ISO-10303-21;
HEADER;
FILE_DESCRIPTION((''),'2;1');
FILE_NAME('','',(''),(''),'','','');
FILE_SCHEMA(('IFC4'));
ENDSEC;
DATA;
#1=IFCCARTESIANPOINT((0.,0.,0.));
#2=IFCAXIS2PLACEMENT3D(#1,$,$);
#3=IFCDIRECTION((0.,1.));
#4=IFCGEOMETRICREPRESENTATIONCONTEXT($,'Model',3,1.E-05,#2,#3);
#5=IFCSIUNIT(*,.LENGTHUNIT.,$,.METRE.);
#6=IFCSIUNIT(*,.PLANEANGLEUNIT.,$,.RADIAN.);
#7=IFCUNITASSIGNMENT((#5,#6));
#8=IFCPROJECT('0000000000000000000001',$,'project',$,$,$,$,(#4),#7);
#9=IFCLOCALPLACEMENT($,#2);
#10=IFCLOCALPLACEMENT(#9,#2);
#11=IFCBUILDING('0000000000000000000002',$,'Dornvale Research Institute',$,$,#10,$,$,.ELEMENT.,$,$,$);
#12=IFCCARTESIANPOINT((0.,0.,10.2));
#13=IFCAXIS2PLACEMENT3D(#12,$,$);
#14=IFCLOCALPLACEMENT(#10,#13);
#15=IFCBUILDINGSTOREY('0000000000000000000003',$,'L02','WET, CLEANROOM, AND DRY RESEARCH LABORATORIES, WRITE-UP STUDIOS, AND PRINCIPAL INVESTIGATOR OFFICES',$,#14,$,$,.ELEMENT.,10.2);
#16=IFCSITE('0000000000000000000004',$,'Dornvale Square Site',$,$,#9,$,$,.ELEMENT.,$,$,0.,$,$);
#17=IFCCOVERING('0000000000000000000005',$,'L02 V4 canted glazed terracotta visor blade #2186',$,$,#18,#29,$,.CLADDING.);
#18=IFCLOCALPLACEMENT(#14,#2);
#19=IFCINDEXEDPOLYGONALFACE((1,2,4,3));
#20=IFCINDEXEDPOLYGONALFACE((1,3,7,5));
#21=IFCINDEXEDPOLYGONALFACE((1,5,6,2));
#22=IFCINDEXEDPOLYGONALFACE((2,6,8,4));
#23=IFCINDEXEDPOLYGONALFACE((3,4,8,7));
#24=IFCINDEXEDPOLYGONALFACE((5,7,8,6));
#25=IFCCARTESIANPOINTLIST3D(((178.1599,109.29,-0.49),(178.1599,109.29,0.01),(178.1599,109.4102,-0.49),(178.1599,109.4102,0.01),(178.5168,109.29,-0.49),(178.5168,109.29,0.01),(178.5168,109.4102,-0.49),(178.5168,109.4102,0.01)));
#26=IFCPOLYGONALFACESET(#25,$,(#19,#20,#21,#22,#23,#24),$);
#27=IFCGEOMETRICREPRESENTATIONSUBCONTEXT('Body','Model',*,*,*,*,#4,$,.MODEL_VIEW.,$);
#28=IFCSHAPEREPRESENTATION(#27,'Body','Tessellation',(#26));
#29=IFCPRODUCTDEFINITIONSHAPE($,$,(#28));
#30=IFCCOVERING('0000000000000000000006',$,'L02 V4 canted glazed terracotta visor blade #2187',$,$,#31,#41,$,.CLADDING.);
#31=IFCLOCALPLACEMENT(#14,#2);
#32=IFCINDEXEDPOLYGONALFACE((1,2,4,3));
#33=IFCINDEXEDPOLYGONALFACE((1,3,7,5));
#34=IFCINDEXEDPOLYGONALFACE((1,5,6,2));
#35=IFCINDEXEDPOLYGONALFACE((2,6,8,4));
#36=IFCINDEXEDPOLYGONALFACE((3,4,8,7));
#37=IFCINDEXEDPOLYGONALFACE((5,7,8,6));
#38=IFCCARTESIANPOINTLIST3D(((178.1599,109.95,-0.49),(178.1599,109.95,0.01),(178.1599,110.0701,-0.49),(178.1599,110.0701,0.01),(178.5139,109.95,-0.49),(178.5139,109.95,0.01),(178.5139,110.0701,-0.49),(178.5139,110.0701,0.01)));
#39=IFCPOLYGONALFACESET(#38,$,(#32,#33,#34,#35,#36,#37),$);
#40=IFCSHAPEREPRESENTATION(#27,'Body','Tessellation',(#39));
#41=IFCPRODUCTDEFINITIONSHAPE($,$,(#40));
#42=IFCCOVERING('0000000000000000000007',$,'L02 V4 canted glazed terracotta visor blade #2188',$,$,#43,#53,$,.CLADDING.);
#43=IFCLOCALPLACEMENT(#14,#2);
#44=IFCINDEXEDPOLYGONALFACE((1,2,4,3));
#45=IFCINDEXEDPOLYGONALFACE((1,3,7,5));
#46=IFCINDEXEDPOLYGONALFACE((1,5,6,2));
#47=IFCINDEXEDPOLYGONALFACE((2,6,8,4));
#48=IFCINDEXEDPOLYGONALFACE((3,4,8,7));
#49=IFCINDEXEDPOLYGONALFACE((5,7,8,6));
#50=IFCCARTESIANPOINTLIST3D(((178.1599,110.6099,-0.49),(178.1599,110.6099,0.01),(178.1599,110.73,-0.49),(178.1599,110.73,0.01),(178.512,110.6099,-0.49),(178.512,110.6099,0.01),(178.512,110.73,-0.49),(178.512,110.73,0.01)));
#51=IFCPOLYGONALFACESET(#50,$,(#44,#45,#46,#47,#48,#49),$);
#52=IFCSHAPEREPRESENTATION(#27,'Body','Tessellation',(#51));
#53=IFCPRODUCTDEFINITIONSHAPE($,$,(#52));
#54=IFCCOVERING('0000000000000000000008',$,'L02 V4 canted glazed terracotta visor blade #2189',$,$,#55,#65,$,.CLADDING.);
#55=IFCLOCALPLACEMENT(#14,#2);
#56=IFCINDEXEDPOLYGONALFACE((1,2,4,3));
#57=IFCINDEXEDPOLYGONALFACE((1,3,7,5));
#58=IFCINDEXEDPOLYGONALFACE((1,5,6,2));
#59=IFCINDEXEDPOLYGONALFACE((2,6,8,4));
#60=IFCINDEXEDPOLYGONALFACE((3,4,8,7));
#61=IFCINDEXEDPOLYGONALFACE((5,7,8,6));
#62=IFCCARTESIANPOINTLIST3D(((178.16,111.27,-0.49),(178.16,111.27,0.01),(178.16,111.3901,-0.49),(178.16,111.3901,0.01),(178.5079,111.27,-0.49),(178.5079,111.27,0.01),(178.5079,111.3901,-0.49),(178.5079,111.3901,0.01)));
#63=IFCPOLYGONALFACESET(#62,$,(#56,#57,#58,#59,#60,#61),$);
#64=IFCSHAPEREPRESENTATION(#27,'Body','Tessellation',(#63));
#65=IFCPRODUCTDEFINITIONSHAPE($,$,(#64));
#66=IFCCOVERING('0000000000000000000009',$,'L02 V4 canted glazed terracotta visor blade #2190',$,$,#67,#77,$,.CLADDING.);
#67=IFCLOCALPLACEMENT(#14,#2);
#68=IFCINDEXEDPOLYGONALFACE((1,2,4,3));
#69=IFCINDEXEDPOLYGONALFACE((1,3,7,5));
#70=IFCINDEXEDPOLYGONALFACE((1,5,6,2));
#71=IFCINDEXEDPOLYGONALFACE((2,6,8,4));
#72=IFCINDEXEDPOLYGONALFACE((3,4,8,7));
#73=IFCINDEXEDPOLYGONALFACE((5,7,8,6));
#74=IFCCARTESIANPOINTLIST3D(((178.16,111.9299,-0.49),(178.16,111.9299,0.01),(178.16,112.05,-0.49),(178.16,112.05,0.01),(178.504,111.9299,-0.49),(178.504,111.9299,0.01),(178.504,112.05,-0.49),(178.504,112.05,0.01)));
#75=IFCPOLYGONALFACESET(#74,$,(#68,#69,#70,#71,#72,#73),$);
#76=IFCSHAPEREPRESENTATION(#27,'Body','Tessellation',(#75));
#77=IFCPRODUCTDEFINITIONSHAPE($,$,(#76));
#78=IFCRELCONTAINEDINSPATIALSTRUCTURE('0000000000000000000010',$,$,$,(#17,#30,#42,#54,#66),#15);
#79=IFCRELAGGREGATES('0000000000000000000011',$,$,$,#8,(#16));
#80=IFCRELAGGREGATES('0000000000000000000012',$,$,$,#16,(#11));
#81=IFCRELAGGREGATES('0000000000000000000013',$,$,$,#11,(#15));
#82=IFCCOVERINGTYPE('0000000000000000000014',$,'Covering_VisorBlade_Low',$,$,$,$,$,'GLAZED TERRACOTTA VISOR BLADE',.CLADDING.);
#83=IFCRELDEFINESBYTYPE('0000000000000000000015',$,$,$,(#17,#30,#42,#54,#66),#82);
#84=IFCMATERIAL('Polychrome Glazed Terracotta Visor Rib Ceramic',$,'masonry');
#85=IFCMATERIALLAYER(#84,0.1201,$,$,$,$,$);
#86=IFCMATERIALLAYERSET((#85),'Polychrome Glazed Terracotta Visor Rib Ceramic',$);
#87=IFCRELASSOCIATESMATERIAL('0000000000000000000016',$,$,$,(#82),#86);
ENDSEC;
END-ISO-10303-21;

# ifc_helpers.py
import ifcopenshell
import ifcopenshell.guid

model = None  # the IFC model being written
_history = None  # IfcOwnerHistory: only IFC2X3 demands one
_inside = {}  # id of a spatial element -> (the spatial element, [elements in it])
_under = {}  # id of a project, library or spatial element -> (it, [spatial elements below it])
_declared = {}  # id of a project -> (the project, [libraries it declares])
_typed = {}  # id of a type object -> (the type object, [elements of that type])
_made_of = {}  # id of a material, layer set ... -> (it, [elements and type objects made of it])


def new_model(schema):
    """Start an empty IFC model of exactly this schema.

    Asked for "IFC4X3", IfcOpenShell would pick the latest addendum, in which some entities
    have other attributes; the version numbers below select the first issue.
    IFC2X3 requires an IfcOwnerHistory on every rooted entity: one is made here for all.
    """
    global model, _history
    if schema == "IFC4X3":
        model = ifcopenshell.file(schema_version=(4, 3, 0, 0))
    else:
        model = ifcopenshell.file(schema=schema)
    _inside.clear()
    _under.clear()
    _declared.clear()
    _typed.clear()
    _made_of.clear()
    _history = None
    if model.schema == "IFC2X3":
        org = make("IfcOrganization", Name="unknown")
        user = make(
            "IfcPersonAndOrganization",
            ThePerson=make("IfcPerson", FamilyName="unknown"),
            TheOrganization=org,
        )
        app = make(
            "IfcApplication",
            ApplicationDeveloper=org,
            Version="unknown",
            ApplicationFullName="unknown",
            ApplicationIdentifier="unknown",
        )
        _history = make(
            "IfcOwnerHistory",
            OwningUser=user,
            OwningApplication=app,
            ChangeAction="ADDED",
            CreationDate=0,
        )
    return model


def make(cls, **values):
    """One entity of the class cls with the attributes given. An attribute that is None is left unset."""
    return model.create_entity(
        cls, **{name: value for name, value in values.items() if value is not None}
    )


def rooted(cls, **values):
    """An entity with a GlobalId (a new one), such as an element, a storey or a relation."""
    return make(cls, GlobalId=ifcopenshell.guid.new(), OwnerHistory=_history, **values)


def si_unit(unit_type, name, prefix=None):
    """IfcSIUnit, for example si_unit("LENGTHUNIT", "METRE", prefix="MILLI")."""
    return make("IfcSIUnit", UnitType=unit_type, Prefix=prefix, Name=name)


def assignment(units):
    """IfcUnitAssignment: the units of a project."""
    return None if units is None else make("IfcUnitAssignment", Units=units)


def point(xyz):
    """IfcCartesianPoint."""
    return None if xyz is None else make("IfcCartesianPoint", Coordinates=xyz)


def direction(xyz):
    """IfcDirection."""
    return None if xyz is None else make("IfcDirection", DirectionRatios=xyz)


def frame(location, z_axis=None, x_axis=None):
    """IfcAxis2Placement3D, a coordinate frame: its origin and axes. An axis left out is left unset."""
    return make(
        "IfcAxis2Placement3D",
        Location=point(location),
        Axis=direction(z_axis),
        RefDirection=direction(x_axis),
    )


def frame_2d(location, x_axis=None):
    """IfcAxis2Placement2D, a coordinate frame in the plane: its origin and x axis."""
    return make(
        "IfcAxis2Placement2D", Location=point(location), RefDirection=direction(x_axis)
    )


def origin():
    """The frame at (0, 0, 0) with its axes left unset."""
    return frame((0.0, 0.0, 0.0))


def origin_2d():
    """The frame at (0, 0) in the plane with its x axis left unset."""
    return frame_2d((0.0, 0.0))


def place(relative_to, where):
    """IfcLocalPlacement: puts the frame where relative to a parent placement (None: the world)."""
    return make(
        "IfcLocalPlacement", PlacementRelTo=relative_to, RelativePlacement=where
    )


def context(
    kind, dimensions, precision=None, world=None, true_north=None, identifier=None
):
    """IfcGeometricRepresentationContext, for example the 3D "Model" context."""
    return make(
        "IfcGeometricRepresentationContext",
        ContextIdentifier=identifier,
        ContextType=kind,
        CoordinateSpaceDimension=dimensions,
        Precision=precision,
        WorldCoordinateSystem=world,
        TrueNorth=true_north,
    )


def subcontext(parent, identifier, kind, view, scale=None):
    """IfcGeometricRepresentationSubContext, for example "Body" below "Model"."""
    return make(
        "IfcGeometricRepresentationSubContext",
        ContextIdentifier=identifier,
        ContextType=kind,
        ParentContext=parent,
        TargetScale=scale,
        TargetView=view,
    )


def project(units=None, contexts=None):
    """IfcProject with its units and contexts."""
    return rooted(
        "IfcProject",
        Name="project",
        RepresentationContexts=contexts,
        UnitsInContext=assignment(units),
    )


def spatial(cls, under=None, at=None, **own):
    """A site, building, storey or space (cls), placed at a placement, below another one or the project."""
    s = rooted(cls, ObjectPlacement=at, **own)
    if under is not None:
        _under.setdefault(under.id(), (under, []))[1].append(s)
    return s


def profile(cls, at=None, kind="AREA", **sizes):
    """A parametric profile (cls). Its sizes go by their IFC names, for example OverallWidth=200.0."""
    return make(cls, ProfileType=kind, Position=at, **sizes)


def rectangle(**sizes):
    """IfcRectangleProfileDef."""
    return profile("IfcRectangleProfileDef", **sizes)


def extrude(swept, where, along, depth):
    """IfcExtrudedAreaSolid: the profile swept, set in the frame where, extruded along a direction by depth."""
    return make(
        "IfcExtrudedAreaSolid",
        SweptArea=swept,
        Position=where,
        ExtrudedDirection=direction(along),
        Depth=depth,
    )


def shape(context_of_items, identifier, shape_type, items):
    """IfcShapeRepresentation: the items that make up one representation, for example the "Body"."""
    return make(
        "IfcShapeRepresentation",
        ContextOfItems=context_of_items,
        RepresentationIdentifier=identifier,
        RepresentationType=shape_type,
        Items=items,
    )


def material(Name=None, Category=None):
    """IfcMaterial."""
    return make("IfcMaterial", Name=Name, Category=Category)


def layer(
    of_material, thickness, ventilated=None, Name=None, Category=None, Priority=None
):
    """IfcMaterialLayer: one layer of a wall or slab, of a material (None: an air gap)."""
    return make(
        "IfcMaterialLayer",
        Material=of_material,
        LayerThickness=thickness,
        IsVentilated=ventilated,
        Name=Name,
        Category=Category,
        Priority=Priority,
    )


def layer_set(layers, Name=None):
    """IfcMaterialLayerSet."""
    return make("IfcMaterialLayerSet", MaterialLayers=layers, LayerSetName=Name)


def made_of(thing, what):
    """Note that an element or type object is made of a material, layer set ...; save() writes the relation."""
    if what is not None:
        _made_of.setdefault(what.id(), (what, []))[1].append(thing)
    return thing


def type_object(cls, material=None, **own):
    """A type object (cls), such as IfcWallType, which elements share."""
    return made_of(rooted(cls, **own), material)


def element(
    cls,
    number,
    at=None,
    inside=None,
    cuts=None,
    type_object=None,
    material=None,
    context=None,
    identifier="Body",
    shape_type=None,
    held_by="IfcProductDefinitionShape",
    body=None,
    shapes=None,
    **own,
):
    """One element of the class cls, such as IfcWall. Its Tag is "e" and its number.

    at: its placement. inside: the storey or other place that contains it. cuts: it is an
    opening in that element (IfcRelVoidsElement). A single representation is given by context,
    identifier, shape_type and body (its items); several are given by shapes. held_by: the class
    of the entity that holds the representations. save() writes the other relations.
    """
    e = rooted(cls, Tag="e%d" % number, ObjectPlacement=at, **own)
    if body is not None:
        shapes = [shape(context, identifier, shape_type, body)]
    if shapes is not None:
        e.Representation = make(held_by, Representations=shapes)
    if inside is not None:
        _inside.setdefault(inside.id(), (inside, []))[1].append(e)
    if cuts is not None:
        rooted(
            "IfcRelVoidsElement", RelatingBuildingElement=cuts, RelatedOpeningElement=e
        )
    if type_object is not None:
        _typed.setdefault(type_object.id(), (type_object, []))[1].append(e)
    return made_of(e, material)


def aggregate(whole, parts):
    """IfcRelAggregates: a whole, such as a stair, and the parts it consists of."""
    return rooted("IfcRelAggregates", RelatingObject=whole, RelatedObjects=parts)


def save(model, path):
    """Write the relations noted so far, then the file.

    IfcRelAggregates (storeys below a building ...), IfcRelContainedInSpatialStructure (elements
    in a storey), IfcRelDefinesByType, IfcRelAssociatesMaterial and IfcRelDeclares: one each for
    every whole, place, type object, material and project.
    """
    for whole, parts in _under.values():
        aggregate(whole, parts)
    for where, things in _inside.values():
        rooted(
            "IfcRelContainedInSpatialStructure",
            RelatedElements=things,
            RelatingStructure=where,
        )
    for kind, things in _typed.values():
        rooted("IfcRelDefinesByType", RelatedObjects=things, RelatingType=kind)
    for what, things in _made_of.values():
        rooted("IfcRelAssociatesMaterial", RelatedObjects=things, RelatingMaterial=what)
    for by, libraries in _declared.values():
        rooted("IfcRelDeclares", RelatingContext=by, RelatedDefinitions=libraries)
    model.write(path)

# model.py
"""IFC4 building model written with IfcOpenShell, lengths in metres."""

from ifc_helpers import new_model, si_unit, direction, frame, origin, origin_2d, place, context, subcontext, project, spatial, rectangle, extrude, material, layer, layer_set, type_object, element, save


model = new_model("IFC4")

# Units and contexts
model_context = context("Model", 3, precision=1e-05, world=origin(), true_north=direction((0.0, 1.0)))
body_context = subcontext(model_context, "Body", "Model", "MODEL_VIEW")
ifc_project = project(units=[si_unit("LENGTHUNIT", "METRE"), si_unit("PLANEANGLEUNIT", "RADIAN")], contexts=[model_context])

# Site, building, storey
site_placement = place(None, origin())
site = spatial("IfcSite", under=ifc_project, at=site_placement, Name="Dornvale Square Site", CompositionType="ELEMENT", RefElevation=0.0)
building_placement = place(site_placement, origin())
building = spatial("IfcBuilding", under=site, at=building_placement, Name="Dornvale Research Institute", CompositionType="ELEMENT")
storey_placement = place(building_placement, frame((0.0, 0.0, 10.2)))
storey = spatial("IfcBuildingStorey", under=building, at=storey_placement, Name="L02", Description="WET, CLEANROOM, AND DRY RESEARCH LABORATORIES, WRITE-UP STUDIOS, AND PRINCIPAL INVESTIGATOR OFFICES", CompositionType="ELEMENT", Elevation=10.2)

# Coverings
ifc_material_1 = material(Name="Polychrome Glazed Terracotta Visor Rib Ceramic", Category="masonry")
ifc_layer_1 = layer(ifc_material_1, 0.1201)
ifc_layer_set_1 = layer_set([ifc_layer_1], Name="Polychrome Glazed Terracotta Visor Rib Ceramic")
covering_type = type_object("IfcCoveringType", Name="Covering_VisorBlade_Low", ElementType="GLAZED TERRACOTTA VISOR BLADE", PredefinedType="CLADDING", material=ifc_layer_set_1)
covering_1_placement = place(storey_placement, frame((178.3384, 109.3501, -0.49), z_axis=(0.0, 0.0, 1.0), x_axis=(1.0, 0.0, 0.0)))
element("IfcCovering", 1, at=covering_1_placement, inside=storey, type_object=covering_type, Name="L02 V4 canted glazed terracotta visor blade #2186", PredefinedType="CLADDING", context=body_context, shape_type="SweptSolid", body=[
    extrude(rectangle(XDim=0.3569, YDim=0.1201, at=origin_2d()), origin(), (0.0, 0.0, 1.0), 0.5),
])
covering_2_placement = place(storey_placement, frame((178.3369, 110.01, -0.49), z_axis=(0.0, 0.0, 1.0), x_axis=(1.0, 0.0, 0.0)))
element("IfcCovering", 2, at=covering_2_placement, inside=storey, type_object=covering_type, Name="L02 V4 canted glazed terracotta visor blade #2187", PredefinedType="CLADDING", context=body_context, shape_type="SweptSolid", body=[
    extrude(rectangle(XDim=0.354, YDim=0.1201, at=origin_2d()), origin(), (0.0, 0.0, 1.0), 0.5),
])
covering_3_placement = place(storey_placement, frame((178.3359, 110.6699, -0.49), z_axis=(0.0, 0.0, 1.0), x_axis=(1.0, 0.0, 0.0)))
element("IfcCovering", 3, at=covering_3_placement, inside=storey, type_object=covering_type, Name="L02 V4 canted glazed terracotta visor blade #2188", PredefinedType="CLADDING", context=body_context, shape_type="SweptSolid", body=[
    extrude(rectangle(XDim=0.3521, YDim=0.1201, at=origin_2d()), origin(), (0.0, 0.0, 1.0), 0.5),
])
covering_4_placement = place(storey_placement, frame((178.334, 111.3301, -0.49), z_axis=(0.0, 0.0, 1.0), x_axis=(1.0, 0.0, 0.0)))
element("IfcCovering", 4, at=covering_4_placement, inside=storey, type_object=covering_type, Name="L02 V4 canted glazed terracotta visor blade #2189", PredefinedType="CLADDING", context=body_context, shape_type="SweptSolid", body=[
    extrude(rectangle(XDim=0.3479, YDim=0.1201, at=origin_2d()), origin(), (0.0, 0.0, 1.0), 0.5),
])
covering_5_placement = place(storey_placement, frame((178.332, 111.99, -0.49), z_axis=(0.0, 0.0, 1.0), x_axis=(1.0, 0.0, 0.0)))
element("IfcCovering", 5, at=covering_5_placement, inside=storey, type_object=covering_type, Name="L02 V4 canted glazed terracotta visor blade #2190", PredefinedType="CLADDING", context=body_context, shape_type="SweptSolid", body=[
    extrude(rectangle(XDim=0.344, YDim=0.1201, at=origin_2d()), origin(), (0.0, 0.0, 1.0), 0.5),
])

save(model, "model.ifc")
